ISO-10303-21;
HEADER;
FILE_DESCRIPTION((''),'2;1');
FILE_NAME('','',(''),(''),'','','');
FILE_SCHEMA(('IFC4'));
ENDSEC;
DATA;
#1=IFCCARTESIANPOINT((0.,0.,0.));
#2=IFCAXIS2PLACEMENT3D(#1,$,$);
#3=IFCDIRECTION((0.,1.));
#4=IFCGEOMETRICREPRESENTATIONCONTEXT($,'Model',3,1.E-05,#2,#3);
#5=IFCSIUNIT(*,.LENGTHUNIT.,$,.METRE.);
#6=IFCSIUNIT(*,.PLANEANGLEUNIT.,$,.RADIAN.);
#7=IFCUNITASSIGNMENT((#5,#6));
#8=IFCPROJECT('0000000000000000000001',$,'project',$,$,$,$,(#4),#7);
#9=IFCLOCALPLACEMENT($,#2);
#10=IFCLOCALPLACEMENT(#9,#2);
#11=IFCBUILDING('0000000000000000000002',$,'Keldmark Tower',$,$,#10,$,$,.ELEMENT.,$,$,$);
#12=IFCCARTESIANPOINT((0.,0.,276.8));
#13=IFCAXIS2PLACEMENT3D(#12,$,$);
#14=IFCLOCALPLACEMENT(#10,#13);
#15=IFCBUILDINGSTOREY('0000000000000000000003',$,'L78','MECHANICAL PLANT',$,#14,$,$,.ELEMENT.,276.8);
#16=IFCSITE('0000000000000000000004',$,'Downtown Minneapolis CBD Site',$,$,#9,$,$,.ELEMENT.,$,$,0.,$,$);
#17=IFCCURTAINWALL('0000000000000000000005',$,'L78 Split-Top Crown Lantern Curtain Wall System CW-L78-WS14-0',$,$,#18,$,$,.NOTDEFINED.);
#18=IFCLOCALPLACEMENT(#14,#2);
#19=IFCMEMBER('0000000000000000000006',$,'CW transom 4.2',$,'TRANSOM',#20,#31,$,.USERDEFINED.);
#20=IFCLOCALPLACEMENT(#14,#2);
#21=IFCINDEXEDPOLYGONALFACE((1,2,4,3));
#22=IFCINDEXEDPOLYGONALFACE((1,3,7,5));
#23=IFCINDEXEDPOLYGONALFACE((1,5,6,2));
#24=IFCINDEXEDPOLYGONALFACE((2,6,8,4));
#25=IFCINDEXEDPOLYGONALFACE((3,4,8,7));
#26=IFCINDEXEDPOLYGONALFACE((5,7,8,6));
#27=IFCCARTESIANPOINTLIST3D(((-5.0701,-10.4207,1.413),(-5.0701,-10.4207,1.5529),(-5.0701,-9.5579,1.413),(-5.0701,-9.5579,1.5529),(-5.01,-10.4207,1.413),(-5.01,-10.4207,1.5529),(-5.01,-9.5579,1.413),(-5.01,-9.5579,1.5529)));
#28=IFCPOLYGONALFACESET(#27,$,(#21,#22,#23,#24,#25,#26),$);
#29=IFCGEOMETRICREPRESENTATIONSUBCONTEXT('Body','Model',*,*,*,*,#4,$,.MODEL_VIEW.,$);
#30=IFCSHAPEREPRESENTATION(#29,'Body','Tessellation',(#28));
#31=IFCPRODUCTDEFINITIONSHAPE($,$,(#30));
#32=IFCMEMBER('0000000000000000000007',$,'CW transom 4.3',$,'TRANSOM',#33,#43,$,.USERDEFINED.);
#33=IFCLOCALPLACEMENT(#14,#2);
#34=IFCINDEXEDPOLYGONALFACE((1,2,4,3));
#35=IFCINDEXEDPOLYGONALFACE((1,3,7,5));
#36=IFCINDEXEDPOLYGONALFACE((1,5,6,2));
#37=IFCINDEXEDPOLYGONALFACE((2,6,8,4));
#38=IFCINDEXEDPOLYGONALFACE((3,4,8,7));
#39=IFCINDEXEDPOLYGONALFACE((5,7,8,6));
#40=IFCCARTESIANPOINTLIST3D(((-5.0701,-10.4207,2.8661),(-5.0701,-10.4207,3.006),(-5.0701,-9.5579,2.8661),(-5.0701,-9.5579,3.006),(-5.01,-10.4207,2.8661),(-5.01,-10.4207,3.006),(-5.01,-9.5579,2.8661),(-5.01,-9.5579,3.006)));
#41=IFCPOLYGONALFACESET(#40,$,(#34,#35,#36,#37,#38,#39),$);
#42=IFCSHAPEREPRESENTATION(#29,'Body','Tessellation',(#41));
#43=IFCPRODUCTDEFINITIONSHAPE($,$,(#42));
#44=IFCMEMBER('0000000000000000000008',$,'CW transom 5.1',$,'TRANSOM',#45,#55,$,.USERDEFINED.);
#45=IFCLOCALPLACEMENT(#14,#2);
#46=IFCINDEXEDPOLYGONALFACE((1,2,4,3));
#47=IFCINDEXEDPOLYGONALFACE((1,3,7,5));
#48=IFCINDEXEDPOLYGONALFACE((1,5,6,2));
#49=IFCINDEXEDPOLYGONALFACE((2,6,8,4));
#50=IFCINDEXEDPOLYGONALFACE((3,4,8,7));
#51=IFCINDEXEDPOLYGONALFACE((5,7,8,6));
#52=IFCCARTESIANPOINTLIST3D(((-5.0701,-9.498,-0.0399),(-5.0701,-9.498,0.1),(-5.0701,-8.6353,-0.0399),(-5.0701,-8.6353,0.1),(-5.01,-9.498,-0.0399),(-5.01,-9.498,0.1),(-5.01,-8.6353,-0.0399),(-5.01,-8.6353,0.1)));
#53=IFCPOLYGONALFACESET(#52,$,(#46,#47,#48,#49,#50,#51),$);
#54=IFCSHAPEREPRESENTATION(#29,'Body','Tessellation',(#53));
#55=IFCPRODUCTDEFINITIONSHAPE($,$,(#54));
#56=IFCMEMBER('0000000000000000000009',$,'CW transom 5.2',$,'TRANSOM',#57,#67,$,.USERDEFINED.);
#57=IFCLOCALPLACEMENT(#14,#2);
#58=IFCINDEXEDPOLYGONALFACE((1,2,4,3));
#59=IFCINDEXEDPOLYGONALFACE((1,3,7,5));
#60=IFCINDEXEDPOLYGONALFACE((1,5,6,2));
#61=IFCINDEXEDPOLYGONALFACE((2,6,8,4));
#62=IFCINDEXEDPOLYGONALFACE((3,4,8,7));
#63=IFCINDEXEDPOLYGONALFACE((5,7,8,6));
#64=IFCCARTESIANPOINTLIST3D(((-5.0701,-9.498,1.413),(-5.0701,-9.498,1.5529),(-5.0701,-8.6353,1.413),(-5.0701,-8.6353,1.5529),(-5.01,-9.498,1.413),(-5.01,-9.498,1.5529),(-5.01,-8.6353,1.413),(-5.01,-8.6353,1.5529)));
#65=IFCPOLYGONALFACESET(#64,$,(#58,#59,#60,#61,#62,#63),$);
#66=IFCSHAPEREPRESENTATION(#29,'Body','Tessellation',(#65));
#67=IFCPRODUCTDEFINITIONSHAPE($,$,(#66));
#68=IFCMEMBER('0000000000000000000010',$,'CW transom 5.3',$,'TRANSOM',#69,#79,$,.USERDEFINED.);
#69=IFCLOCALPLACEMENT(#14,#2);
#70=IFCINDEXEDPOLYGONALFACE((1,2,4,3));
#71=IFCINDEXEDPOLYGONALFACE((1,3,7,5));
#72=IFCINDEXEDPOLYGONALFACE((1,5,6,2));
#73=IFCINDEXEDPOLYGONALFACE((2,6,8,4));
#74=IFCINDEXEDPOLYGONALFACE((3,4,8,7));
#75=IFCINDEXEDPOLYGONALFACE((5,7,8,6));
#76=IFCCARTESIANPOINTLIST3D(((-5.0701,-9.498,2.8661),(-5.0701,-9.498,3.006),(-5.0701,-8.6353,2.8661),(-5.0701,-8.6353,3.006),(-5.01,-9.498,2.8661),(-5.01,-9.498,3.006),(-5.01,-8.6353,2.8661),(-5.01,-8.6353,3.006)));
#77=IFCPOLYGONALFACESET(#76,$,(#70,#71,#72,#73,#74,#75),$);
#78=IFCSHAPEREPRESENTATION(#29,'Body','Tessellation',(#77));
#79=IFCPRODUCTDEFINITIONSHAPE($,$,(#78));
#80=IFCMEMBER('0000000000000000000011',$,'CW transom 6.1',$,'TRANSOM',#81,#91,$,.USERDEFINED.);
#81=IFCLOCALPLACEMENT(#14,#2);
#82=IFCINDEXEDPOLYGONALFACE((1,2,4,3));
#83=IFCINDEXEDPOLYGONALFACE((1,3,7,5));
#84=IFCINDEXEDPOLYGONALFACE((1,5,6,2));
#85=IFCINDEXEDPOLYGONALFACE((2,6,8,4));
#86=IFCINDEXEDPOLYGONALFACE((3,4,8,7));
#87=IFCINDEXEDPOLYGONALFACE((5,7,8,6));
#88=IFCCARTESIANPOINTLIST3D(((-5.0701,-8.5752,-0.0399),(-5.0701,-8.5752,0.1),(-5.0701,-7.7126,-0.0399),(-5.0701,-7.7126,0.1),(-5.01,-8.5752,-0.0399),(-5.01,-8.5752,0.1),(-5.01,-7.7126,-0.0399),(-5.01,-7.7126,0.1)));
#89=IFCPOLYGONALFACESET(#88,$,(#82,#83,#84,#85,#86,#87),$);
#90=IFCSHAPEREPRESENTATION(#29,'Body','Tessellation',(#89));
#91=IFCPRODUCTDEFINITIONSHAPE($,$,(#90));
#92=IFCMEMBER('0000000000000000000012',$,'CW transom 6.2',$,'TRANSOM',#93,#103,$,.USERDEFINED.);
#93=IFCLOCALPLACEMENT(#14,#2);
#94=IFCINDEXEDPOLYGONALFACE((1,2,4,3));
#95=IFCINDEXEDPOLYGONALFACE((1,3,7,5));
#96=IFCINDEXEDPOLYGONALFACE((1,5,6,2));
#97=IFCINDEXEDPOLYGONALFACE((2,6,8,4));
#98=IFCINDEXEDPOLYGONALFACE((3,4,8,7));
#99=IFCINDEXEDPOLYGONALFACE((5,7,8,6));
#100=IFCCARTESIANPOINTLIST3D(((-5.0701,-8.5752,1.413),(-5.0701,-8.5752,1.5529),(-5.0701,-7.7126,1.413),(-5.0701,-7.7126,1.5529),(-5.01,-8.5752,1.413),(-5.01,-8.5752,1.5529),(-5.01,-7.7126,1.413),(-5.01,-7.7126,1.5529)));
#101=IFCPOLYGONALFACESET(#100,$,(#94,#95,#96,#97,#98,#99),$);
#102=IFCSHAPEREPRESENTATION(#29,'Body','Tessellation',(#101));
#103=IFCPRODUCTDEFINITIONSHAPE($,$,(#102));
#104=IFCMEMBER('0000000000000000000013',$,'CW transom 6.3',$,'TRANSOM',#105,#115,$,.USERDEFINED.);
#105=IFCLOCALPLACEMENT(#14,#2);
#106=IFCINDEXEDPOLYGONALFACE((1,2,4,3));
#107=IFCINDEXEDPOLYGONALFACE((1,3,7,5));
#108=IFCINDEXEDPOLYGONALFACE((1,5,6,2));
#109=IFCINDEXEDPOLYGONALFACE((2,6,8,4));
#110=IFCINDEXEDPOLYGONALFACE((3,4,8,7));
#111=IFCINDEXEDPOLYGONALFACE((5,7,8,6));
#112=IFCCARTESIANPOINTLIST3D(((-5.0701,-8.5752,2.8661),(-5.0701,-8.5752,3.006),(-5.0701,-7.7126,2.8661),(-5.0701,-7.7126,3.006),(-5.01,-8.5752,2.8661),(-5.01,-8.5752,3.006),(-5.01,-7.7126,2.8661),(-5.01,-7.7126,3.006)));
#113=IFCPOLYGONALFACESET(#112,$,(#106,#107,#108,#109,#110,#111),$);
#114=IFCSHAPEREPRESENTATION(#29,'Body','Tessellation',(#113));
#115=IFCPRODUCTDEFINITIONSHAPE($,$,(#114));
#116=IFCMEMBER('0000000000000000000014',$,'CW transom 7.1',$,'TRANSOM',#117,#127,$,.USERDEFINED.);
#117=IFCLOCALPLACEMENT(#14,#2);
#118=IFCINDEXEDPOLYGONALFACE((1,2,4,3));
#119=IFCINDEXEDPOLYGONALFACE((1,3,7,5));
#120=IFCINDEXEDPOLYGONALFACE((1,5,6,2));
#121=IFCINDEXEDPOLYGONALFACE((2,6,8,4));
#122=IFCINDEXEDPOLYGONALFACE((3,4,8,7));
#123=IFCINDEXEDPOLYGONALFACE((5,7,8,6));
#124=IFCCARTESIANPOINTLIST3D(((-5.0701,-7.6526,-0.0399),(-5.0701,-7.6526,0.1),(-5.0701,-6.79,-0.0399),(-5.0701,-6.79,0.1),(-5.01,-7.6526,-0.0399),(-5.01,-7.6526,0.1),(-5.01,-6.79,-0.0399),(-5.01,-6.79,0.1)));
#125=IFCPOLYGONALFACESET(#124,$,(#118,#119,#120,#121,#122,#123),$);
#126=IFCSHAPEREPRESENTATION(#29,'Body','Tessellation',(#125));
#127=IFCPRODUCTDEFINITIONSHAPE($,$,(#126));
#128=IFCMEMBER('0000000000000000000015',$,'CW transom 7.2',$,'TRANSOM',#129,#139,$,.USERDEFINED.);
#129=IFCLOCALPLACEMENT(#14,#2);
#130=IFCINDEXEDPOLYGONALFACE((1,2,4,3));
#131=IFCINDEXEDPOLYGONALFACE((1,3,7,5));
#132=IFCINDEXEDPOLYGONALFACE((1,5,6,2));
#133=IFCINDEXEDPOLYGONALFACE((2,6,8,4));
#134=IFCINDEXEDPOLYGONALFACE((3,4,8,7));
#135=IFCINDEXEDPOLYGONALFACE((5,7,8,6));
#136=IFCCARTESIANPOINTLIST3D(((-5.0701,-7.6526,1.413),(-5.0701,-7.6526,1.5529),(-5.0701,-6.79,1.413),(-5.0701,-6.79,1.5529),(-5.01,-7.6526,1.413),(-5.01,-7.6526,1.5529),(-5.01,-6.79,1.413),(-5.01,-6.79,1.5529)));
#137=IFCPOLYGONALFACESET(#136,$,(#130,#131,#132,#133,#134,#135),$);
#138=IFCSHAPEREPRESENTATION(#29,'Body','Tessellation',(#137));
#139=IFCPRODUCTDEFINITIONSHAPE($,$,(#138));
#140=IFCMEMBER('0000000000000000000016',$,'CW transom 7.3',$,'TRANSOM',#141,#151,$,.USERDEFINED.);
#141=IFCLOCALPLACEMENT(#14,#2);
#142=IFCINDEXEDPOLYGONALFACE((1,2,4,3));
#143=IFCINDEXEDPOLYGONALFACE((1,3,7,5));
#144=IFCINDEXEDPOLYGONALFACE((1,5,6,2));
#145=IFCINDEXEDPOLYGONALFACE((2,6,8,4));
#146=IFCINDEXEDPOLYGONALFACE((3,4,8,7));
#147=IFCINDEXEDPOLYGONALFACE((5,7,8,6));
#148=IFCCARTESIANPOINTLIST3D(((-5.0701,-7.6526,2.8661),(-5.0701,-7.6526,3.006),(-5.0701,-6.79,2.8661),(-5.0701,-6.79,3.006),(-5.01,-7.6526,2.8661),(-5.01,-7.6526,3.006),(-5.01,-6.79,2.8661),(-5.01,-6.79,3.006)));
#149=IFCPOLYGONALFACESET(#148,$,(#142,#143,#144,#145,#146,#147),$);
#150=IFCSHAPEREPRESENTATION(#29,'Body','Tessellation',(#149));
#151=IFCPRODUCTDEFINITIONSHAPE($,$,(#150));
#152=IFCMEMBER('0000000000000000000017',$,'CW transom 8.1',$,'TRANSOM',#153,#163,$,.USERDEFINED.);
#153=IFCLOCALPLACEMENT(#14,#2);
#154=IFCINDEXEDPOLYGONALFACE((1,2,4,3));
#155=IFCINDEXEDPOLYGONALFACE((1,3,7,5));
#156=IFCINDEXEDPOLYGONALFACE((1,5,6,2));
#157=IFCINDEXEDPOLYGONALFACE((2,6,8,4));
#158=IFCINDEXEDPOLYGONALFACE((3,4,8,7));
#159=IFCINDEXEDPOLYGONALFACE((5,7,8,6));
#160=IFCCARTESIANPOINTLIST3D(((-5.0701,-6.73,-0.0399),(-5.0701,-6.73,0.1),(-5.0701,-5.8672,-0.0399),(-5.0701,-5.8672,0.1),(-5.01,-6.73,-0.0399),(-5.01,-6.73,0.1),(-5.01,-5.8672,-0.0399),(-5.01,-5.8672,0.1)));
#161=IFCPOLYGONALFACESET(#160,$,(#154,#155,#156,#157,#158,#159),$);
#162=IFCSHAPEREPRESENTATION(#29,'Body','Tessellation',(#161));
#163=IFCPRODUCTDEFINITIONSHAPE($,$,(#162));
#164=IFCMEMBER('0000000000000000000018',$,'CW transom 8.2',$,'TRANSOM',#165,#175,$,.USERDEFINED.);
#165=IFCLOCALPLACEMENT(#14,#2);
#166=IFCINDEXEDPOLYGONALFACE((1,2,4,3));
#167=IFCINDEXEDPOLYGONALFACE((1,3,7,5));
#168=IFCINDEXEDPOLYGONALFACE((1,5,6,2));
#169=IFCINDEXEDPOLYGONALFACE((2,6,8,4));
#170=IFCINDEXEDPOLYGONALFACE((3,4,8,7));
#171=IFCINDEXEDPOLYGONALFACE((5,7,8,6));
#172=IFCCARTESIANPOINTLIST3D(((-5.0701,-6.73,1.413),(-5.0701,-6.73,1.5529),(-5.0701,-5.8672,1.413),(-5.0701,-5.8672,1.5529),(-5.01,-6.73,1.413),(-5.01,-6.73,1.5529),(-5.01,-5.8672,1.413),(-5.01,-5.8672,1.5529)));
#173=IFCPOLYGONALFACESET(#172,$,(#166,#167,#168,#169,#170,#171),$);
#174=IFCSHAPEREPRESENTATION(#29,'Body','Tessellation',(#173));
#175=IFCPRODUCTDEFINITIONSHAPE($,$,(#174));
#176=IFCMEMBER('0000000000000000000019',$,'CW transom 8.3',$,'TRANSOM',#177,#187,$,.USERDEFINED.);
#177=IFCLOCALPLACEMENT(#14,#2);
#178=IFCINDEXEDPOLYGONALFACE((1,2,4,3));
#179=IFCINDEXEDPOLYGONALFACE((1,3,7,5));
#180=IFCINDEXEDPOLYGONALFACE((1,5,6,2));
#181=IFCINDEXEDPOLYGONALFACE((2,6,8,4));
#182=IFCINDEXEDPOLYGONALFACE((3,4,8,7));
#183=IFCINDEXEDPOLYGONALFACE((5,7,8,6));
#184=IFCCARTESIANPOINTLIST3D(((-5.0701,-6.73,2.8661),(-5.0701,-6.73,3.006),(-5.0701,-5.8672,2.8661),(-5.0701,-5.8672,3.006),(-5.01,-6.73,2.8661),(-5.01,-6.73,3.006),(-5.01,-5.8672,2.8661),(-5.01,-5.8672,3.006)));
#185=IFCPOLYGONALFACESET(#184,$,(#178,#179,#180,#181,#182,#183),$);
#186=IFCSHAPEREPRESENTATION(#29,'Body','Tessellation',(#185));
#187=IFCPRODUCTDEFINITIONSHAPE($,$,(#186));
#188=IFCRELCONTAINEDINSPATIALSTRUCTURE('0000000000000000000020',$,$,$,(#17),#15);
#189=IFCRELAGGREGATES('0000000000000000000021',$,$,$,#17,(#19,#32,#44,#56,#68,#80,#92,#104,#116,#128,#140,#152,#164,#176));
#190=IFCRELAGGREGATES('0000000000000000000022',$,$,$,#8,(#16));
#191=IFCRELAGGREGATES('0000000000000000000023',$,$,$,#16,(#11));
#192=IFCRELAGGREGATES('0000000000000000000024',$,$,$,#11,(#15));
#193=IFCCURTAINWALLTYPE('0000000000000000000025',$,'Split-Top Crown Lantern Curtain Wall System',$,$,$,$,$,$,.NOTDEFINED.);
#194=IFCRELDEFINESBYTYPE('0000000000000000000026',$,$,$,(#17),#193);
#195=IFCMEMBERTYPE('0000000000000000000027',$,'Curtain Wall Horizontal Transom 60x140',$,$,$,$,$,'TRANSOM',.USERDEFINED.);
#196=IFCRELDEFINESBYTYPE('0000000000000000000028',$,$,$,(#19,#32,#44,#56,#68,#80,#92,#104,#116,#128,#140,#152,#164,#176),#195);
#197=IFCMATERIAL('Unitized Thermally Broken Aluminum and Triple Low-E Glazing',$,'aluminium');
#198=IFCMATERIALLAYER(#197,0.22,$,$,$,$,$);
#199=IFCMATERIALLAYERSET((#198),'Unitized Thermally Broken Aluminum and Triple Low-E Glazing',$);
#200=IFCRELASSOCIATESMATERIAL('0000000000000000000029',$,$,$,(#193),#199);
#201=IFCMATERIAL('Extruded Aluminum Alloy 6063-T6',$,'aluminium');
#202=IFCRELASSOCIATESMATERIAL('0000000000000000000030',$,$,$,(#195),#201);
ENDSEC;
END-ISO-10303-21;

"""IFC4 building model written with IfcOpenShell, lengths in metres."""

from ifc_helpers import new_model, si_unit, direction, frame, origin, origin_2d, place, context, subcontext, project, spatial, rectangle, extrude, material, layer, layer_set, material_profile, profile_set, type_object, element, aggregate, save


model = new_model("IFC4")

# Units and contexts
model_context = context("Model", 3, precision=1e-05, world=origin(), true_north=direction((0.0, 1.0)))
body_context = subcontext(model_context, "Body", "Model", "MODEL_VIEW")
ifc_project = project(units=[si_unit("LENGTHUNIT", "METRE"), si_unit("PLANEANGLEUNIT", "RADIAN")], contexts=[model_context])

# Site, building, storey
site_placement = place(None, origin())
site = spatial("IfcSite", under=ifc_project, at=site_placement, Name="Downtown Minneapolis CBD Site", CompositionType="ELEMENT", RefElevation=0.0)
building_placement = place(site_placement, origin())
building = spatial("IfcBuilding", under=site, at=building_placement, Name="Keldmark Tower", CompositionType="ELEMENT")
storey_placement = place(building_placement, frame((0.0, 0.0, 276.8)))
storey = spatial("IfcBuildingStorey", under=building, at=storey_placement, Name="L78", Description="MECHANICAL PLANT", CompositionType="ELEMENT", Elevation=276.8)

# Curtain wall, members
ifc_material_1 = material(Name="Unitized Thermally Broken Aluminum and Triple Low-E Glazing", Category="aluminium")
ifc_layer_1 = layer(ifc_material_1, 0.22)
ifc_layer_set_1 = layer_set([ifc_layer_1], Name="Unitized Thermally Broken Aluminum and Triple Low-E Glazing")
curtain_wall_type = type_object("IfcCurtainWallType", Name="Split-Top Crown Lantern Curtain Wall System", PredefinedType="NOTDEFINED", material=ifc_layer_set_1)
curtain_wall_placement = place(storey_placement, origin())
curtain_wall = element("IfcCurtainWall", 1, at=curtain_wall_placement, inside=storey, type_object=curtain_wall_type, Name="L78 Split-Top Crown Lantern Curtain Wall System CW-L78-WS14-0", PredefinedType="NOTDEFINED")
ifc_material_2 = material(Name="Extruded Aluminum Alloy 6063-T6", Category="aluminium")
ifc_material_profile_1 = material_profile(ifc_material_2, rectangle(XDim=0.0601, YDim=0.1399, at=origin_2d()), Name="CWT60X140")
ifc_profile_set_1 = profile_set([ifc_material_profile_1], Name="Extruded Aluminum Alloy 6063-T6")
member_type_1 = type_object("IfcMemberType", Name="Curtain Wall Horizontal Transom 60x140", ElementType="TRANSOM", PredefinedType="USERDEFINED", material=ifc_profile_set_1)
member_1_placement = place(storey_placement, frame((-5.04, -10.4207, 1.4829), z_axis=(0.0, 1.0, 0.0), x_axis=(-1.0, 0.0, 0.0)))
member_1 = element("IfcMember", 2, at=member_1_placement, type_object=member_type_1, Name="CW transom 4.2", ObjectType="TRANSOM", PredefinedType="USERDEFINED", context=body_context, shape_type="SweptSolid", body=[
    extrude(rectangle(XDim=0.0601, YDim=0.1399, at=origin_2d()), origin(), (0.0, 0.0, 1.0), 0.8628),
])
member_2_placement = place(storey_placement, frame((-5.04, -10.4207, 2.936), z_axis=(0.0, 1.0, 0.0), x_axis=(-1.0, 0.0, 0.0)))
member_2 = element("IfcMember", 3, at=member_2_placement, type_object=member_type_1, Name="CW transom 4.3", ObjectType="TRANSOM", PredefinedType="USERDEFINED", context=body_context, shape_type="SweptSolid", body=[
    extrude(rectangle(XDim=0.0601, YDim=0.1399, at=origin_2d()), origin(), (0.0, 0.0, 1.0), 0.8628),
])
member_3_placement = place(storey_placement, frame((-5.04, -9.498, 0.03), z_axis=(0.0, 1.0, 0.0), x_axis=(-1.0, 0.0, 0.0)))
member_3 = element("IfcMember", 4, at=member_3_placement, type_object=member_type_1, Name="CW transom 5.1", ObjectType="TRANSOM", PredefinedType="USERDEFINED", context=body_context, shape_type="SweptSolid", body=[
    extrude(rectangle(XDim=0.0601, YDim=0.1399, at=origin_2d()), origin(), (0.0, 0.0, 1.0), 0.8628),
])
member_4_placement = place(storey_placement, frame((-5.04, -9.498, 1.4829), z_axis=(0.0, 1.0, 0.0), x_axis=(-1.0, 0.0, 0.0)))
member_4 = element("IfcMember", 5, at=member_4_placement, type_object=member_type_1, Name="CW transom 5.2", ObjectType="TRANSOM", PredefinedType="USERDEFINED", context=body_context, shape_type="SweptSolid", body=[
    extrude(rectangle(XDim=0.0601, YDim=0.1399, at=origin_2d()), origin(), (0.0, 0.0, 1.0), 0.8628),
])
member_5_placement = place(storey_placement, frame((-5.04, -9.498, 2.936), z_axis=(0.0, 1.0, 0.0), x_axis=(-1.0, 0.0, 0.0)))
member_5 = element("IfcMember", 6, at=member_5_placement, type_object=member_type_1, Name="CW transom 5.3", ObjectType="TRANSOM", PredefinedType="USERDEFINED", context=body_context, shape_type="SweptSolid", body=[
    extrude(rectangle(XDim=0.0601, YDim=0.1399, at=origin_2d()), origin(), (0.0, 0.0, 1.0), 0.8628),
])
member_6_placement = place(storey_placement, frame((-5.04, -8.5752, 0.03), z_axis=(0.0, 1.0, 0.0), x_axis=(-1.0, 0.0, 0.0)))
member_6 = element("IfcMember", 7, at=member_6_placement, type_object=member_type_1, Name="CW transom 6.1", ObjectType="TRANSOM", PredefinedType="USERDEFINED", context=body_context, shape_type="SweptSolid", body=[
    extrude(rectangle(XDim=0.0601, YDim=0.1399, at=origin_2d()), origin(), (0.0, 0.0, 1.0), 0.8625),
])
member_7_placement = place(storey_placement, frame((-5.04, -8.5752, 1.4829), z_axis=(0.0, 1.0, 0.0), x_axis=(-1.0, 0.0, 0.0)))
member_7 = element("IfcMember", 8, at=member_7_placement, type_object=member_type_1, Name="CW transom 6.2", ObjectType="TRANSOM", PredefinedType="USERDEFINED", context=body_context, shape_type="SweptSolid", body=[
    extrude(rectangle(XDim=0.0601, YDim=0.1399, at=origin_2d()), origin(), (0.0, 0.0, 1.0), 0.8625),
])
member_8_placement = place(storey_placement, frame((-5.04, -8.5752, 2.936), z_axis=(0.0, 1.0, 0.0), x_axis=(-1.0, 0.0, 0.0)))
member_8 = element("IfcMember", 9, at=member_8_placement, type_object=member_type_1, Name="CW transom 6.3", ObjectType="TRANSOM", PredefinedType="USERDEFINED", context=body_context, shape_type="SweptSolid", body=[
    extrude(rectangle(XDim=0.0601, YDim=0.1399, at=origin_2d()), origin(), (0.0, 0.0, 1.0), 0.8625),
])
member_9_placement = place(storey_placement, frame((-5.04, -7.6526, 0.03), z_axis=(0.0, 1.0, 0.0), x_axis=(-1.0, 0.0, 0.0)))
member_9 = element("IfcMember", 10, at=member_9_placement, type_object=member_type_1, Name="CW transom 7.1", ObjectType="TRANSOM", PredefinedType="USERDEFINED", context=body_context, shape_type="SweptSolid", body=[
    extrude(rectangle(XDim=0.0601, YDim=0.1399, at=origin_2d()), origin(), (0.0, 0.0, 1.0), 0.8625),
])
member_10_placement = place(storey_placement, frame((-5.04, -7.6526, 1.4829), z_axis=(0.0, 1.0, 0.0), x_axis=(-1.0, 0.0, 0.0)))
member_10 = element("IfcMember", 11, at=member_10_placement, type_object=member_type_1, Name="CW transom 7.2", ObjectType="TRANSOM", PredefinedType="USERDEFINED", context=body_context, shape_type="SweptSolid", body=[
    extrude(rectangle(XDim=0.0601, YDim=0.1399, at=origin_2d()), origin(), (0.0, 0.0, 1.0), 0.8625),
])
member_11_placement = place(storey_placement, frame((-5.04, -7.6526, 2.936), z_axis=(0.0, 1.0, 0.0), x_axis=(-1.0, 0.0, 0.0)))
member_11 = element("IfcMember", 12, at=member_11_placement, type_object=member_type_1, Name="CW transom 7.3", ObjectType="TRANSOM", PredefinedType="USERDEFINED", context=body_context, shape_type="SweptSolid", body=[
    extrude(rectangle(XDim=0.0601, YDim=0.1399, at=origin_2d()), origin(), (0.0, 0.0, 1.0), 0.8625),
])
member_12_placement = place(storey_placement, frame((-5.04, -6.73, 0.03), z_axis=(0.0, 1.0, 0.0), x_axis=(-1.0, 0.0, 0.0)))
member_12 = element("IfcMember", 13, at=member_12_placement, type_object=member_type_1, Name="CW transom 8.1", ObjectType="TRANSOM", PredefinedType="USERDEFINED", context=body_context, shape_type="SweptSolid", body=[
    extrude(rectangle(XDim=0.0601, YDim=0.1399, at=origin_2d()), origin(), (0.0, 0.0, 1.0), 0.8628),
])
member_13_placement = place(storey_placement, frame((-5.04, -6.73, 1.4829), z_axis=(0.0, 1.0, 0.0), x_axis=(-1.0, 0.0, 0.0)))
member_13 = element("IfcMember", 14, at=member_13_placement, type_object=member_type_1, Name="CW transom 8.2", ObjectType="TRANSOM", PredefinedType="USERDEFINED", context=body_context, shape_type="SweptSolid", body=[
    extrude(rectangle(XDim=0.0601, YDim=0.1399, at=origin_2d()), origin(), (0.0, 0.0, 1.0), 0.8628),
])
member_14_placement = place(storey_placement, frame((-5.04, -6.73, 2.936), z_axis=(0.0, 1.0, 0.0), x_axis=(-1.0, 0.0, 0.0)))
member_14 = element("IfcMember", 15, at=member_14_placement, type_object=member_type_1, Name="CW transom 8.3", ObjectType="TRANSOM", PredefinedType="USERDEFINED", context=body_context, shape_type="SweptSolid", body=[
    extrude(rectangle(XDim=0.0601, YDim=0.1399, at=origin_2d()), origin(), (0.0, 0.0, 1.0), 0.8628),
])

aggregate(curtain_wall, [member_1, member_2, member_3, member_4, member_5, member_6, member_7, member_8, member_9, member_10, member_11, member_12, member_13, member_14])

save(model, "model.ifc")
